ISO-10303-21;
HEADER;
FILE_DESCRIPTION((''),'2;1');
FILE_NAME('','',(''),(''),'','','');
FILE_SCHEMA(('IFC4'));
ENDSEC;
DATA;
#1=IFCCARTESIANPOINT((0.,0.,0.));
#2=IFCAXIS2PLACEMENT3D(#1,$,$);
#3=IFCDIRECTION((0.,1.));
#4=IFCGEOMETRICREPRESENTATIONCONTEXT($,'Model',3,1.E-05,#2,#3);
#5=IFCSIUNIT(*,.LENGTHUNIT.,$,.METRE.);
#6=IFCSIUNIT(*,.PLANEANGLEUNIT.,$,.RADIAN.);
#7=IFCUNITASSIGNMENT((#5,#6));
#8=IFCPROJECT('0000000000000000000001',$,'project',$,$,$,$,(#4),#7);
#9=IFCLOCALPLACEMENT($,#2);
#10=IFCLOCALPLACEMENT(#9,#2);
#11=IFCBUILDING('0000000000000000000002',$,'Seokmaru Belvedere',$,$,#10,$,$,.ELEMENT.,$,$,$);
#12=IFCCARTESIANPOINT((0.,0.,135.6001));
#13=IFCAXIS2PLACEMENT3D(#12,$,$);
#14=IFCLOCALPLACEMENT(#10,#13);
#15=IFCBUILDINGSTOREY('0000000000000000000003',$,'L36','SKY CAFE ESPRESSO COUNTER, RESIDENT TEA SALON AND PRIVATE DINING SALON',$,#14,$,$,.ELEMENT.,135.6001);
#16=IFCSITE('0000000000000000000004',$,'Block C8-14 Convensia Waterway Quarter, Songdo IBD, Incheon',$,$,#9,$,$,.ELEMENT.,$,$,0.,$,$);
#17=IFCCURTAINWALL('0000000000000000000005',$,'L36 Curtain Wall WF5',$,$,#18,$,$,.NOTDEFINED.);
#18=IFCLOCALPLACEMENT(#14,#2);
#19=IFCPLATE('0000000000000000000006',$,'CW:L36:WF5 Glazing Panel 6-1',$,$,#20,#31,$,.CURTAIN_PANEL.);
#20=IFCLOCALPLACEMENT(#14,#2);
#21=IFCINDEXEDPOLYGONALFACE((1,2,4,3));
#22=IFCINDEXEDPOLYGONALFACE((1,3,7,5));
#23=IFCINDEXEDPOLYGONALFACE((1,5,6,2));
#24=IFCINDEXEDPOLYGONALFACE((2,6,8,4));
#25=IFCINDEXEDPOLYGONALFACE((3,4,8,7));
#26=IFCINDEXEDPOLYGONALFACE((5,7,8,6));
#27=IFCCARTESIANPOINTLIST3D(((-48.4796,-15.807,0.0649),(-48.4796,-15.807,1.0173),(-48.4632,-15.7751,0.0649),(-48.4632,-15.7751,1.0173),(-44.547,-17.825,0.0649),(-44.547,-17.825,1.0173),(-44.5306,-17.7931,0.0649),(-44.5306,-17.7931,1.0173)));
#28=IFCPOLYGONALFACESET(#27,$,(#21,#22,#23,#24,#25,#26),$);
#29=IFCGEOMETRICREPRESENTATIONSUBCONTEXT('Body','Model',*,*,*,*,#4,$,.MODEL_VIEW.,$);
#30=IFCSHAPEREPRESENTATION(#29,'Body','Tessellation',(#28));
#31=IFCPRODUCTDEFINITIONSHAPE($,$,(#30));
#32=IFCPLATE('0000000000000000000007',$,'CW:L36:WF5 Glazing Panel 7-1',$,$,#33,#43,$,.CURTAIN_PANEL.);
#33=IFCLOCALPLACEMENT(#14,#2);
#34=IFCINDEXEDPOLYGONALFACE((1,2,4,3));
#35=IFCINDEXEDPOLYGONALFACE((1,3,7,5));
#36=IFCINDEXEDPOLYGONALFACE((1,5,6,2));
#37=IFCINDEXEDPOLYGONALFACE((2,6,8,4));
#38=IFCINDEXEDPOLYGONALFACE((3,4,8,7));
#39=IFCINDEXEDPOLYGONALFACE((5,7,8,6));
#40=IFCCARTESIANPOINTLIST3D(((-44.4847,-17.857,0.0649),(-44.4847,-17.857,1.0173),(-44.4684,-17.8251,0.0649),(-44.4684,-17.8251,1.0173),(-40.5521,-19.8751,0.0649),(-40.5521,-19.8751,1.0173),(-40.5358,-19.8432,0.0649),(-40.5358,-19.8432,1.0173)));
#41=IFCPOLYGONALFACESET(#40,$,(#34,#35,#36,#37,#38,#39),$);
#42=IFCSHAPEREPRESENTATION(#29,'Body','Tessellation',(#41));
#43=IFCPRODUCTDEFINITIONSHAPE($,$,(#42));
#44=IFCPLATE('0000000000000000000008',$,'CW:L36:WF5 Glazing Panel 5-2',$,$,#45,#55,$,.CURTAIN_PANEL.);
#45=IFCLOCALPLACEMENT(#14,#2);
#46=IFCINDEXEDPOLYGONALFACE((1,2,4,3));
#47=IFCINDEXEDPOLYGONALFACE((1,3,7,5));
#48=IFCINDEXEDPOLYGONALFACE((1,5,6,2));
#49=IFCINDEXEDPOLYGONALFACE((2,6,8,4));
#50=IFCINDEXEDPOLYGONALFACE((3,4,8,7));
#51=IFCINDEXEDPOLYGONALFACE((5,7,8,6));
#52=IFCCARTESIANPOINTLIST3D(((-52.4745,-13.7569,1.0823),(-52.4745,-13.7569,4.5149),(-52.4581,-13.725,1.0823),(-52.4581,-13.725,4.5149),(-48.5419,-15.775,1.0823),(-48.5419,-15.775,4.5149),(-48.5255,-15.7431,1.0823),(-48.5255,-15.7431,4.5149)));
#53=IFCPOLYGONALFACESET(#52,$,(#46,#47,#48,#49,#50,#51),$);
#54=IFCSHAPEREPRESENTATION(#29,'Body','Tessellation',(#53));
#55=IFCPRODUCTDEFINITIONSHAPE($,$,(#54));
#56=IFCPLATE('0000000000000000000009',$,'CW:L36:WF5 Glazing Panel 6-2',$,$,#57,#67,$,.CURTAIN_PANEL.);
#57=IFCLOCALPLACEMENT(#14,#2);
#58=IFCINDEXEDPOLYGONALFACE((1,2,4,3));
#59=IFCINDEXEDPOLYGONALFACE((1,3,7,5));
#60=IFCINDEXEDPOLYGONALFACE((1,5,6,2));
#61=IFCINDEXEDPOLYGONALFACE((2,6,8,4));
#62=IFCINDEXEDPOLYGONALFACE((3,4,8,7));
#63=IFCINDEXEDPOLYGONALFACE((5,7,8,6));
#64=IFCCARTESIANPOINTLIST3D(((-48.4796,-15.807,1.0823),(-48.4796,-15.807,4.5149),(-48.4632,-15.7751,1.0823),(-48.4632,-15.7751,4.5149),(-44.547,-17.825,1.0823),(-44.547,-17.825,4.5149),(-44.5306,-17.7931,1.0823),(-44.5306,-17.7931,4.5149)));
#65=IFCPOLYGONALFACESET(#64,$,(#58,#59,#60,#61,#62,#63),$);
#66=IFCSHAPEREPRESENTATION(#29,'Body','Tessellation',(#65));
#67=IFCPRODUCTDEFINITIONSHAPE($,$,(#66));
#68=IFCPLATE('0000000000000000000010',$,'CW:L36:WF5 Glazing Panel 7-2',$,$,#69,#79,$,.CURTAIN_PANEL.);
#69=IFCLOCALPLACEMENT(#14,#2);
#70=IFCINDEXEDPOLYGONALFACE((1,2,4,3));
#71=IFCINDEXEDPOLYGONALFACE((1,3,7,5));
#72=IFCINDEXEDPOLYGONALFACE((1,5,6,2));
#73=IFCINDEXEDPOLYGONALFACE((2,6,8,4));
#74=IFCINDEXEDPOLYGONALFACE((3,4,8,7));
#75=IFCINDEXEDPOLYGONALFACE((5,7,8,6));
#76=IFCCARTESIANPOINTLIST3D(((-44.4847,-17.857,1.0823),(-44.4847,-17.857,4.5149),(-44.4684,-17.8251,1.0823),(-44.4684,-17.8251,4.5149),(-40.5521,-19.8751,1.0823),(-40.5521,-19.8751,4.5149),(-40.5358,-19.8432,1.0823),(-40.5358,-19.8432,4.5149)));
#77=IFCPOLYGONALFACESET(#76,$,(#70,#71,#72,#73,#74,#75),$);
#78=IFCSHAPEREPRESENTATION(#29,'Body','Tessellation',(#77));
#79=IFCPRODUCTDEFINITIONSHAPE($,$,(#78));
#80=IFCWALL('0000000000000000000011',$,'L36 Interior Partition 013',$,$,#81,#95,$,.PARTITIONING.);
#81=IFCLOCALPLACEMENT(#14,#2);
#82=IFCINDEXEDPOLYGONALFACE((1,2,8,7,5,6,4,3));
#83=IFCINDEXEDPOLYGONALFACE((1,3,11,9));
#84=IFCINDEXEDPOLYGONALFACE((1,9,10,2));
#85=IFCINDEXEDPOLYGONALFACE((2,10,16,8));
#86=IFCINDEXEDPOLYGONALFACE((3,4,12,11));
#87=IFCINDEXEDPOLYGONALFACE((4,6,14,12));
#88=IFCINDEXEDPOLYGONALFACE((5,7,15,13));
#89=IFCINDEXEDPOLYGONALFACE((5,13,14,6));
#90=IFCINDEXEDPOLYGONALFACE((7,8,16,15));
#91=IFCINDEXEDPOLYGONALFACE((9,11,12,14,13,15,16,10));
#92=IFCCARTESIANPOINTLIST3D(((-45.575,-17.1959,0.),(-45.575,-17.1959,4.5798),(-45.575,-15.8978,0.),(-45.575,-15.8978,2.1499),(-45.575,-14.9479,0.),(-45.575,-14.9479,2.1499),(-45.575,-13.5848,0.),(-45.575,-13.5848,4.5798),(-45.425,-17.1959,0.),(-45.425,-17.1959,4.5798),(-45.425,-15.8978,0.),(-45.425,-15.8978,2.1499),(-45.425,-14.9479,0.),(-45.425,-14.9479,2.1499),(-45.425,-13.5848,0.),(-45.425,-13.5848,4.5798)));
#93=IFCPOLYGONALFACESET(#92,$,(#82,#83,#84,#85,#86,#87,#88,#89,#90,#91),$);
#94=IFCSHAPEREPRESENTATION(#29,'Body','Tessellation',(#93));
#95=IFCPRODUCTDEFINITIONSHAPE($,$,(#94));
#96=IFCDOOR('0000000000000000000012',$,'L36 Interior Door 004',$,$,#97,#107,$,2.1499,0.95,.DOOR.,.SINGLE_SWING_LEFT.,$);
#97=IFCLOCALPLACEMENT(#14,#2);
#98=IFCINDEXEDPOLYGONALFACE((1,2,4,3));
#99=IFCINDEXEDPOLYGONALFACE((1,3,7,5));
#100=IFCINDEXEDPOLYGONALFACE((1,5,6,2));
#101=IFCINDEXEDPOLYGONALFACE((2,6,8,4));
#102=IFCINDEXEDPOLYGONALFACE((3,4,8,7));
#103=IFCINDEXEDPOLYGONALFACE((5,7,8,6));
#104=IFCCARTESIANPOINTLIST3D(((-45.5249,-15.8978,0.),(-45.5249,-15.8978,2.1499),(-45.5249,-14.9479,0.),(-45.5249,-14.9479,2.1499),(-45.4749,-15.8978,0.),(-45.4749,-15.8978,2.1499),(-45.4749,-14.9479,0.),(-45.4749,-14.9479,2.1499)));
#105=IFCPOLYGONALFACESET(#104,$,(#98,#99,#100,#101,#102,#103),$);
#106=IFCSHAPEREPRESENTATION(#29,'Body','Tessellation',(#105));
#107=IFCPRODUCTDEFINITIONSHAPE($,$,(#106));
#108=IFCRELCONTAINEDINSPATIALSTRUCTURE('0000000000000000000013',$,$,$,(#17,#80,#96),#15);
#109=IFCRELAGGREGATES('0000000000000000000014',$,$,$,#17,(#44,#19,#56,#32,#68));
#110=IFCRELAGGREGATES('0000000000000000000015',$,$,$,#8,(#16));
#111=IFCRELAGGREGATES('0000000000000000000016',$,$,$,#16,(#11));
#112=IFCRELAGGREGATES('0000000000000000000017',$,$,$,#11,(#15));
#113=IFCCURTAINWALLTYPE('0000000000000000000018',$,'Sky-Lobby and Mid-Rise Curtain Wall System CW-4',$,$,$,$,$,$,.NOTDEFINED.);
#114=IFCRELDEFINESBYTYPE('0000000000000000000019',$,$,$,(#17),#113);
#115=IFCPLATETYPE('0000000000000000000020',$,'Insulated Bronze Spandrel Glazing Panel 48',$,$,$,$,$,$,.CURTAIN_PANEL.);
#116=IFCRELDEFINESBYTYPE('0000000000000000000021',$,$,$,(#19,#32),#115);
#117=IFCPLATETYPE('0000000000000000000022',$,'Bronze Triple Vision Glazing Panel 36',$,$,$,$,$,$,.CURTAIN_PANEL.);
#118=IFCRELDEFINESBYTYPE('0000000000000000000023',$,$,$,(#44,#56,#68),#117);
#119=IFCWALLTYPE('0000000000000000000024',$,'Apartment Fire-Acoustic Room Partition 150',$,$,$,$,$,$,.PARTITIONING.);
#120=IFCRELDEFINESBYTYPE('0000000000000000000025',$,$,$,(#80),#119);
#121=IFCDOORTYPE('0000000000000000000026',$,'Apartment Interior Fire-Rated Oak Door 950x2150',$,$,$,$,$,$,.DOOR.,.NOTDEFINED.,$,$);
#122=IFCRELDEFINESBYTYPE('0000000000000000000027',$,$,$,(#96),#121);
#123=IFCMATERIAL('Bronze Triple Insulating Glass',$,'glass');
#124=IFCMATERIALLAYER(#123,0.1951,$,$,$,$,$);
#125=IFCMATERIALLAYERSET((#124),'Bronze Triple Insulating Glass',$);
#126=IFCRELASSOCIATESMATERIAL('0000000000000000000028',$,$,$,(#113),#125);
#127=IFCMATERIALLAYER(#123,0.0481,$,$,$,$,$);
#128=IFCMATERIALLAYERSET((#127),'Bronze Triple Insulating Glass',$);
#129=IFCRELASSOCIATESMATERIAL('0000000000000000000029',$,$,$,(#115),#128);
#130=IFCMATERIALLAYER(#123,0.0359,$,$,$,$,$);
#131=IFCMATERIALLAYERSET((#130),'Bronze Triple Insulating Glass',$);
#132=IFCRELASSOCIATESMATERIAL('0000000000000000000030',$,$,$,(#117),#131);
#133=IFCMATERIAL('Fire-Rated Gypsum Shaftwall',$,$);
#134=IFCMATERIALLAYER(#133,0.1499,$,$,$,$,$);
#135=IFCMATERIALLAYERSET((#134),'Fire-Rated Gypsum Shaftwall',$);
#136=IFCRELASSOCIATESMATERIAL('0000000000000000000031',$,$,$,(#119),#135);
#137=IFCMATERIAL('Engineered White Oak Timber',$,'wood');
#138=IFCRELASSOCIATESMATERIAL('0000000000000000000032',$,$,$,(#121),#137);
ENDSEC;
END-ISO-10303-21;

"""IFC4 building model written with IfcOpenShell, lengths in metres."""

from ifc_helpers import new_model, si_unit, direction, frame, frame_2d, origin, origin_2d, place, context, subcontext, project, spatial, rectangle, extrude, source, transform, mapped, material, layer, layer_set, type_object, type_shapes, element, fill, aggregate, save


model = new_model("IFC4")

# Units and contexts
model_context = context("Model", 3, precision=1e-05, world=origin(), true_north=direction((0.0, 1.0)))
body_context = subcontext(model_context, "Body", "Model", "MODEL_VIEW")
ifc_project = project(units=[si_unit("LENGTHUNIT", "METRE"), si_unit("PLANEANGLEUNIT", "RADIAN")], contexts=[model_context])

# Site, building, storey
site_placement = place(None, origin())
site = spatial("IfcSite", under=ifc_project, at=site_placement, Name="Block C8-14 Convensia Waterway Quarter, Songdo IBD, Incheon", CompositionType="ELEMENT", RefElevation=0.0)
building_placement = place(site_placement, origin())
building = spatial("IfcBuilding", under=site, at=building_placement, Name="Seokmaru Belvedere", CompositionType="ELEMENT")
storey_placement = place(building_placement, frame((0.0, 0.0, 135.6001)))
storey = spatial("IfcBuildingStorey", under=building, at=storey_placement, Name="L36", Description="SKY CAFE ESPRESSO COUNTER, RESIDENT TEA SALON AND PRIVATE DINING SALON", CompositionType="ELEMENT", Elevation=135.6001)

# Curtain wall, plates
ifc_material_1 = material(Name="Bronze Triple Insulating Glass", Category="glass")
ifc_layer_1 = layer(ifc_material_1, 0.1951)
ifc_layer_set_1 = layer_set([ifc_layer_1], Name="Bronze Triple Insulating Glass")
curtain_wall_type = type_object("IfcCurtainWallType", Name="Sky-Lobby and Mid-Rise Curtain Wall System CW-4", PredefinedType="NOTDEFINED", material=ifc_layer_set_1)
curtain_wall_placement = place(storey_placement, origin())
curtain_wall = element("IfcCurtainWall", 1, at=curtain_wall_placement, inside=storey, type_object=curtain_wall_type, Name="L36 Curtain Wall WF5", PredefinedType="NOTDEFINED")
ifc_layer_2 = layer(ifc_material_1, 0.0481)
ifc_layer_set_2 = layer_set([ifc_layer_2], Name="Bronze Triple Insulating Glass")
plate_type_1 = type_object("IfcPlateType", Name="Insulated Bronze Spandrel Glazing Panel 48", PredefinedType="CURTAIN_PANEL", material=ifc_layer_set_2)
shared_shape_1 = source(origin(), body_context, "Body", "SweptSolid", [
    extrude(rectangle(XDim=4.4202, YDim=0.0359, at=origin_2d()), origin(), (0.0, 0.0, 1.0), 0.9524),
])
type_shapes(plate_type_1, [shared_shape_1])
plate_1_placement = place(storey_placement, frame((-46.5051, -16.8, 0.0649), z_axis=(0.0, 0.0, 1.0), x_axis=(0.889695, -0.456555, 0.0)))
plate_1 = element("IfcPlate", 2, at=plate_1_placement, type_object=plate_type_1, Name="CW:L36:WF5 Glazing Panel 6-1", PredefinedType="CURTAIN_PANEL", context=body_context, shape_type="MappedRepresentation", body=[
    mapped(shared_shape_1, transform((0.0, 0.0, 0.0), scale=1.0)),
])
plate_2_placement = place(storey_placement, frame((-42.5103, -18.8501, 0.0649), z_axis=(0.0, 0.0, 1.0), x_axis=(0.889695, -0.456555, 0.0)))
plate_2 = element("IfcPlate", 3, at=plate_2_placement, type_object=plate_type_1, Name="CW:L36:WF5 Glazing Panel 7-1", PredefinedType="CURTAIN_PANEL", context=body_context, shape_type="MappedRepresentation", body=[
    mapped(shared_shape_1, transform((0.0, 0.0, 0.0), scale=1.0)),
])
ifc_layer_3 = layer(ifc_material_1, 0.0359)
ifc_layer_set_3 = layer_set([ifc_layer_3], Name="Bronze Triple Insulating Glass")
plate_type_2 = type_object("IfcPlateType", Name="Bronze Triple Vision Glazing Panel 36", PredefinedType="CURTAIN_PANEL", material=ifc_layer_set_3)
shared_shape_2 = source(origin(), body_context, "Body", "SweptSolid", [
    extrude(rectangle(XDim=4.4202, YDim=0.0359, at=origin_2d()), origin(), (0.0, 0.0, 1.0), 3.4326),
])
type_shapes(plate_type_2, [shared_shape_2])
plate_3_placement = place(storey_placement, frame((-50.5, -14.75, 1.0823), z_axis=(0.0, 0.0, 1.0), x_axis=(0.889695, -0.456555, 0.0)))
plate_3 = element("IfcPlate", 4, at=plate_3_placement, type_object=plate_type_2, Name="CW:L36:WF5 Glazing Panel 5-2", PredefinedType="CURTAIN_PANEL", context=body_context, shape_type="MappedRepresentation", body=[
    mapped(shared_shape_2, transform((0.0, 0.0, 0.0), scale=1.0)),
])
plate_4_placement = place(storey_placement, frame((-46.5051, -16.8, 1.0823), z_axis=(0.0, 0.0, 1.0), x_axis=(0.889695, -0.456555, 0.0)))
plate_4 = element("IfcPlate", 5, at=plate_4_placement, type_object=plate_type_2, Name="CW:L36:WF5 Glazing Panel 6-2", PredefinedType="CURTAIN_PANEL", context=body_context, shape_type="MappedRepresentation", body=[
    mapped(shared_shape_2, transform((0.0, 0.0, 0.0), scale=1.0)),
])
plate_5_placement = place(storey_placement, frame((-42.5103, -18.8501, 1.0823), z_axis=(0.0, 0.0, 1.0), x_axis=(0.889695, -0.456555, 0.0)))
plate_5 = element("IfcPlate", 6, at=plate_5_placement, type_object=plate_type_2, Name="CW:L36:WF5 Glazing Panel 7-2", PredefinedType="CURTAIN_PANEL", context=body_context, shape_type="MappedRepresentation", body=[
    mapped(shared_shape_2, transform((0.0, 0.0, 0.0), scale=1.0)),
])
aggregate(curtain_wall, [plate_3, plate_1, plate_4, plate_2, plate_5])

# Wall, opening, door
ifc_material_2 = material(Name="Fire-Rated Gypsum Shaftwall")
ifc_layer_4 = layer(ifc_material_2, 0.1499)
ifc_layer_set_4 = layer_set([ifc_layer_4], Name="Fire-Rated Gypsum Shaftwall")
wall_type = type_object("IfcWallType", Name="Apartment Fire-Acoustic Room Partition 150", PredefinedType="PARTITIONING", material=ifc_layer_set_4)
wall_placement = place(storey_placement, frame((-45.5, -17.196, 0.0), z_axis=(0.0, 0.0, 1.0), x_axis=(0.0, 1.0, 0.0)))
wall = element("IfcWall", 7, at=wall_placement, inside=storey, type_object=wall_type, Name="L36 Interior Partition 013", PredefinedType="PARTITIONING", context=body_context, shape_type="SweptSolid", body=[
    extrude(rectangle(XDim=3.6111, YDim=0.1499, at=frame_2d((1.8057, 0.0))), origin(), (0.0, 0.0, 1.0), 4.5798),
])
opening_placement = place(wall_placement, frame((1.2981, 0.0, 0.0)))
opening = element("IfcOpeningElement", 8, at=opening_placement, cuts=wall, PredefinedType="OPENING", context=body_context, shape_type="SweptSolid", body=[
    extrude(rectangle(XDim=0.95, YDim=2.1499, at=frame_2d((0.4751, 1.075))), frame((0.0, 0.085, 0.0), z_axis=(0.0, -1.0, 0.0), x_axis=(1.0, 0.0, 0.0)), (0.0, 0.0, 1.0), 0.1699),
])
ifc_material_3 = material(Name="Engineered White Oak Timber", Category="wood")
door_type = type_object("IfcDoorType", Name="Apartment Interior Fire-Rated Oak Door 950x2150", OperationType="NOTDEFINED", PredefinedType="DOOR", material=ifc_material_3)
shared_shape_3 = source(origin(), body_context, "Body", "SweptSolid", [
    extrude(rectangle(XDim=0.95, YDim=2.1499, at=frame_2d((0.4751, 1.075))), frame((0.0, 0.0249, 0.0), z_axis=(0.0, -1.0, 0.0), x_axis=(1.0, 0.0, 0.0)), (0.0, 0.0, 1.0), 0.05),
])
type_shapes(door_type, [shared_shape_3])
door_placement = place(opening_placement, origin())
door = element("IfcDoor", 9, at=door_placement, inside=storey, type_object=door_type, Name="L36 Interior Door 004", OperationType="SINGLE_SWING_LEFT", OverallHeight=2.1499, OverallWidth=0.95, PredefinedType="DOOR", context=body_context, shape_type="MappedRepresentation", body=[
    mapped(shared_shape_3, transform((0.0, 0.0, 0.0), scale=1.0)),
])
fill(opening, door)

save(model, "model.ifc")
